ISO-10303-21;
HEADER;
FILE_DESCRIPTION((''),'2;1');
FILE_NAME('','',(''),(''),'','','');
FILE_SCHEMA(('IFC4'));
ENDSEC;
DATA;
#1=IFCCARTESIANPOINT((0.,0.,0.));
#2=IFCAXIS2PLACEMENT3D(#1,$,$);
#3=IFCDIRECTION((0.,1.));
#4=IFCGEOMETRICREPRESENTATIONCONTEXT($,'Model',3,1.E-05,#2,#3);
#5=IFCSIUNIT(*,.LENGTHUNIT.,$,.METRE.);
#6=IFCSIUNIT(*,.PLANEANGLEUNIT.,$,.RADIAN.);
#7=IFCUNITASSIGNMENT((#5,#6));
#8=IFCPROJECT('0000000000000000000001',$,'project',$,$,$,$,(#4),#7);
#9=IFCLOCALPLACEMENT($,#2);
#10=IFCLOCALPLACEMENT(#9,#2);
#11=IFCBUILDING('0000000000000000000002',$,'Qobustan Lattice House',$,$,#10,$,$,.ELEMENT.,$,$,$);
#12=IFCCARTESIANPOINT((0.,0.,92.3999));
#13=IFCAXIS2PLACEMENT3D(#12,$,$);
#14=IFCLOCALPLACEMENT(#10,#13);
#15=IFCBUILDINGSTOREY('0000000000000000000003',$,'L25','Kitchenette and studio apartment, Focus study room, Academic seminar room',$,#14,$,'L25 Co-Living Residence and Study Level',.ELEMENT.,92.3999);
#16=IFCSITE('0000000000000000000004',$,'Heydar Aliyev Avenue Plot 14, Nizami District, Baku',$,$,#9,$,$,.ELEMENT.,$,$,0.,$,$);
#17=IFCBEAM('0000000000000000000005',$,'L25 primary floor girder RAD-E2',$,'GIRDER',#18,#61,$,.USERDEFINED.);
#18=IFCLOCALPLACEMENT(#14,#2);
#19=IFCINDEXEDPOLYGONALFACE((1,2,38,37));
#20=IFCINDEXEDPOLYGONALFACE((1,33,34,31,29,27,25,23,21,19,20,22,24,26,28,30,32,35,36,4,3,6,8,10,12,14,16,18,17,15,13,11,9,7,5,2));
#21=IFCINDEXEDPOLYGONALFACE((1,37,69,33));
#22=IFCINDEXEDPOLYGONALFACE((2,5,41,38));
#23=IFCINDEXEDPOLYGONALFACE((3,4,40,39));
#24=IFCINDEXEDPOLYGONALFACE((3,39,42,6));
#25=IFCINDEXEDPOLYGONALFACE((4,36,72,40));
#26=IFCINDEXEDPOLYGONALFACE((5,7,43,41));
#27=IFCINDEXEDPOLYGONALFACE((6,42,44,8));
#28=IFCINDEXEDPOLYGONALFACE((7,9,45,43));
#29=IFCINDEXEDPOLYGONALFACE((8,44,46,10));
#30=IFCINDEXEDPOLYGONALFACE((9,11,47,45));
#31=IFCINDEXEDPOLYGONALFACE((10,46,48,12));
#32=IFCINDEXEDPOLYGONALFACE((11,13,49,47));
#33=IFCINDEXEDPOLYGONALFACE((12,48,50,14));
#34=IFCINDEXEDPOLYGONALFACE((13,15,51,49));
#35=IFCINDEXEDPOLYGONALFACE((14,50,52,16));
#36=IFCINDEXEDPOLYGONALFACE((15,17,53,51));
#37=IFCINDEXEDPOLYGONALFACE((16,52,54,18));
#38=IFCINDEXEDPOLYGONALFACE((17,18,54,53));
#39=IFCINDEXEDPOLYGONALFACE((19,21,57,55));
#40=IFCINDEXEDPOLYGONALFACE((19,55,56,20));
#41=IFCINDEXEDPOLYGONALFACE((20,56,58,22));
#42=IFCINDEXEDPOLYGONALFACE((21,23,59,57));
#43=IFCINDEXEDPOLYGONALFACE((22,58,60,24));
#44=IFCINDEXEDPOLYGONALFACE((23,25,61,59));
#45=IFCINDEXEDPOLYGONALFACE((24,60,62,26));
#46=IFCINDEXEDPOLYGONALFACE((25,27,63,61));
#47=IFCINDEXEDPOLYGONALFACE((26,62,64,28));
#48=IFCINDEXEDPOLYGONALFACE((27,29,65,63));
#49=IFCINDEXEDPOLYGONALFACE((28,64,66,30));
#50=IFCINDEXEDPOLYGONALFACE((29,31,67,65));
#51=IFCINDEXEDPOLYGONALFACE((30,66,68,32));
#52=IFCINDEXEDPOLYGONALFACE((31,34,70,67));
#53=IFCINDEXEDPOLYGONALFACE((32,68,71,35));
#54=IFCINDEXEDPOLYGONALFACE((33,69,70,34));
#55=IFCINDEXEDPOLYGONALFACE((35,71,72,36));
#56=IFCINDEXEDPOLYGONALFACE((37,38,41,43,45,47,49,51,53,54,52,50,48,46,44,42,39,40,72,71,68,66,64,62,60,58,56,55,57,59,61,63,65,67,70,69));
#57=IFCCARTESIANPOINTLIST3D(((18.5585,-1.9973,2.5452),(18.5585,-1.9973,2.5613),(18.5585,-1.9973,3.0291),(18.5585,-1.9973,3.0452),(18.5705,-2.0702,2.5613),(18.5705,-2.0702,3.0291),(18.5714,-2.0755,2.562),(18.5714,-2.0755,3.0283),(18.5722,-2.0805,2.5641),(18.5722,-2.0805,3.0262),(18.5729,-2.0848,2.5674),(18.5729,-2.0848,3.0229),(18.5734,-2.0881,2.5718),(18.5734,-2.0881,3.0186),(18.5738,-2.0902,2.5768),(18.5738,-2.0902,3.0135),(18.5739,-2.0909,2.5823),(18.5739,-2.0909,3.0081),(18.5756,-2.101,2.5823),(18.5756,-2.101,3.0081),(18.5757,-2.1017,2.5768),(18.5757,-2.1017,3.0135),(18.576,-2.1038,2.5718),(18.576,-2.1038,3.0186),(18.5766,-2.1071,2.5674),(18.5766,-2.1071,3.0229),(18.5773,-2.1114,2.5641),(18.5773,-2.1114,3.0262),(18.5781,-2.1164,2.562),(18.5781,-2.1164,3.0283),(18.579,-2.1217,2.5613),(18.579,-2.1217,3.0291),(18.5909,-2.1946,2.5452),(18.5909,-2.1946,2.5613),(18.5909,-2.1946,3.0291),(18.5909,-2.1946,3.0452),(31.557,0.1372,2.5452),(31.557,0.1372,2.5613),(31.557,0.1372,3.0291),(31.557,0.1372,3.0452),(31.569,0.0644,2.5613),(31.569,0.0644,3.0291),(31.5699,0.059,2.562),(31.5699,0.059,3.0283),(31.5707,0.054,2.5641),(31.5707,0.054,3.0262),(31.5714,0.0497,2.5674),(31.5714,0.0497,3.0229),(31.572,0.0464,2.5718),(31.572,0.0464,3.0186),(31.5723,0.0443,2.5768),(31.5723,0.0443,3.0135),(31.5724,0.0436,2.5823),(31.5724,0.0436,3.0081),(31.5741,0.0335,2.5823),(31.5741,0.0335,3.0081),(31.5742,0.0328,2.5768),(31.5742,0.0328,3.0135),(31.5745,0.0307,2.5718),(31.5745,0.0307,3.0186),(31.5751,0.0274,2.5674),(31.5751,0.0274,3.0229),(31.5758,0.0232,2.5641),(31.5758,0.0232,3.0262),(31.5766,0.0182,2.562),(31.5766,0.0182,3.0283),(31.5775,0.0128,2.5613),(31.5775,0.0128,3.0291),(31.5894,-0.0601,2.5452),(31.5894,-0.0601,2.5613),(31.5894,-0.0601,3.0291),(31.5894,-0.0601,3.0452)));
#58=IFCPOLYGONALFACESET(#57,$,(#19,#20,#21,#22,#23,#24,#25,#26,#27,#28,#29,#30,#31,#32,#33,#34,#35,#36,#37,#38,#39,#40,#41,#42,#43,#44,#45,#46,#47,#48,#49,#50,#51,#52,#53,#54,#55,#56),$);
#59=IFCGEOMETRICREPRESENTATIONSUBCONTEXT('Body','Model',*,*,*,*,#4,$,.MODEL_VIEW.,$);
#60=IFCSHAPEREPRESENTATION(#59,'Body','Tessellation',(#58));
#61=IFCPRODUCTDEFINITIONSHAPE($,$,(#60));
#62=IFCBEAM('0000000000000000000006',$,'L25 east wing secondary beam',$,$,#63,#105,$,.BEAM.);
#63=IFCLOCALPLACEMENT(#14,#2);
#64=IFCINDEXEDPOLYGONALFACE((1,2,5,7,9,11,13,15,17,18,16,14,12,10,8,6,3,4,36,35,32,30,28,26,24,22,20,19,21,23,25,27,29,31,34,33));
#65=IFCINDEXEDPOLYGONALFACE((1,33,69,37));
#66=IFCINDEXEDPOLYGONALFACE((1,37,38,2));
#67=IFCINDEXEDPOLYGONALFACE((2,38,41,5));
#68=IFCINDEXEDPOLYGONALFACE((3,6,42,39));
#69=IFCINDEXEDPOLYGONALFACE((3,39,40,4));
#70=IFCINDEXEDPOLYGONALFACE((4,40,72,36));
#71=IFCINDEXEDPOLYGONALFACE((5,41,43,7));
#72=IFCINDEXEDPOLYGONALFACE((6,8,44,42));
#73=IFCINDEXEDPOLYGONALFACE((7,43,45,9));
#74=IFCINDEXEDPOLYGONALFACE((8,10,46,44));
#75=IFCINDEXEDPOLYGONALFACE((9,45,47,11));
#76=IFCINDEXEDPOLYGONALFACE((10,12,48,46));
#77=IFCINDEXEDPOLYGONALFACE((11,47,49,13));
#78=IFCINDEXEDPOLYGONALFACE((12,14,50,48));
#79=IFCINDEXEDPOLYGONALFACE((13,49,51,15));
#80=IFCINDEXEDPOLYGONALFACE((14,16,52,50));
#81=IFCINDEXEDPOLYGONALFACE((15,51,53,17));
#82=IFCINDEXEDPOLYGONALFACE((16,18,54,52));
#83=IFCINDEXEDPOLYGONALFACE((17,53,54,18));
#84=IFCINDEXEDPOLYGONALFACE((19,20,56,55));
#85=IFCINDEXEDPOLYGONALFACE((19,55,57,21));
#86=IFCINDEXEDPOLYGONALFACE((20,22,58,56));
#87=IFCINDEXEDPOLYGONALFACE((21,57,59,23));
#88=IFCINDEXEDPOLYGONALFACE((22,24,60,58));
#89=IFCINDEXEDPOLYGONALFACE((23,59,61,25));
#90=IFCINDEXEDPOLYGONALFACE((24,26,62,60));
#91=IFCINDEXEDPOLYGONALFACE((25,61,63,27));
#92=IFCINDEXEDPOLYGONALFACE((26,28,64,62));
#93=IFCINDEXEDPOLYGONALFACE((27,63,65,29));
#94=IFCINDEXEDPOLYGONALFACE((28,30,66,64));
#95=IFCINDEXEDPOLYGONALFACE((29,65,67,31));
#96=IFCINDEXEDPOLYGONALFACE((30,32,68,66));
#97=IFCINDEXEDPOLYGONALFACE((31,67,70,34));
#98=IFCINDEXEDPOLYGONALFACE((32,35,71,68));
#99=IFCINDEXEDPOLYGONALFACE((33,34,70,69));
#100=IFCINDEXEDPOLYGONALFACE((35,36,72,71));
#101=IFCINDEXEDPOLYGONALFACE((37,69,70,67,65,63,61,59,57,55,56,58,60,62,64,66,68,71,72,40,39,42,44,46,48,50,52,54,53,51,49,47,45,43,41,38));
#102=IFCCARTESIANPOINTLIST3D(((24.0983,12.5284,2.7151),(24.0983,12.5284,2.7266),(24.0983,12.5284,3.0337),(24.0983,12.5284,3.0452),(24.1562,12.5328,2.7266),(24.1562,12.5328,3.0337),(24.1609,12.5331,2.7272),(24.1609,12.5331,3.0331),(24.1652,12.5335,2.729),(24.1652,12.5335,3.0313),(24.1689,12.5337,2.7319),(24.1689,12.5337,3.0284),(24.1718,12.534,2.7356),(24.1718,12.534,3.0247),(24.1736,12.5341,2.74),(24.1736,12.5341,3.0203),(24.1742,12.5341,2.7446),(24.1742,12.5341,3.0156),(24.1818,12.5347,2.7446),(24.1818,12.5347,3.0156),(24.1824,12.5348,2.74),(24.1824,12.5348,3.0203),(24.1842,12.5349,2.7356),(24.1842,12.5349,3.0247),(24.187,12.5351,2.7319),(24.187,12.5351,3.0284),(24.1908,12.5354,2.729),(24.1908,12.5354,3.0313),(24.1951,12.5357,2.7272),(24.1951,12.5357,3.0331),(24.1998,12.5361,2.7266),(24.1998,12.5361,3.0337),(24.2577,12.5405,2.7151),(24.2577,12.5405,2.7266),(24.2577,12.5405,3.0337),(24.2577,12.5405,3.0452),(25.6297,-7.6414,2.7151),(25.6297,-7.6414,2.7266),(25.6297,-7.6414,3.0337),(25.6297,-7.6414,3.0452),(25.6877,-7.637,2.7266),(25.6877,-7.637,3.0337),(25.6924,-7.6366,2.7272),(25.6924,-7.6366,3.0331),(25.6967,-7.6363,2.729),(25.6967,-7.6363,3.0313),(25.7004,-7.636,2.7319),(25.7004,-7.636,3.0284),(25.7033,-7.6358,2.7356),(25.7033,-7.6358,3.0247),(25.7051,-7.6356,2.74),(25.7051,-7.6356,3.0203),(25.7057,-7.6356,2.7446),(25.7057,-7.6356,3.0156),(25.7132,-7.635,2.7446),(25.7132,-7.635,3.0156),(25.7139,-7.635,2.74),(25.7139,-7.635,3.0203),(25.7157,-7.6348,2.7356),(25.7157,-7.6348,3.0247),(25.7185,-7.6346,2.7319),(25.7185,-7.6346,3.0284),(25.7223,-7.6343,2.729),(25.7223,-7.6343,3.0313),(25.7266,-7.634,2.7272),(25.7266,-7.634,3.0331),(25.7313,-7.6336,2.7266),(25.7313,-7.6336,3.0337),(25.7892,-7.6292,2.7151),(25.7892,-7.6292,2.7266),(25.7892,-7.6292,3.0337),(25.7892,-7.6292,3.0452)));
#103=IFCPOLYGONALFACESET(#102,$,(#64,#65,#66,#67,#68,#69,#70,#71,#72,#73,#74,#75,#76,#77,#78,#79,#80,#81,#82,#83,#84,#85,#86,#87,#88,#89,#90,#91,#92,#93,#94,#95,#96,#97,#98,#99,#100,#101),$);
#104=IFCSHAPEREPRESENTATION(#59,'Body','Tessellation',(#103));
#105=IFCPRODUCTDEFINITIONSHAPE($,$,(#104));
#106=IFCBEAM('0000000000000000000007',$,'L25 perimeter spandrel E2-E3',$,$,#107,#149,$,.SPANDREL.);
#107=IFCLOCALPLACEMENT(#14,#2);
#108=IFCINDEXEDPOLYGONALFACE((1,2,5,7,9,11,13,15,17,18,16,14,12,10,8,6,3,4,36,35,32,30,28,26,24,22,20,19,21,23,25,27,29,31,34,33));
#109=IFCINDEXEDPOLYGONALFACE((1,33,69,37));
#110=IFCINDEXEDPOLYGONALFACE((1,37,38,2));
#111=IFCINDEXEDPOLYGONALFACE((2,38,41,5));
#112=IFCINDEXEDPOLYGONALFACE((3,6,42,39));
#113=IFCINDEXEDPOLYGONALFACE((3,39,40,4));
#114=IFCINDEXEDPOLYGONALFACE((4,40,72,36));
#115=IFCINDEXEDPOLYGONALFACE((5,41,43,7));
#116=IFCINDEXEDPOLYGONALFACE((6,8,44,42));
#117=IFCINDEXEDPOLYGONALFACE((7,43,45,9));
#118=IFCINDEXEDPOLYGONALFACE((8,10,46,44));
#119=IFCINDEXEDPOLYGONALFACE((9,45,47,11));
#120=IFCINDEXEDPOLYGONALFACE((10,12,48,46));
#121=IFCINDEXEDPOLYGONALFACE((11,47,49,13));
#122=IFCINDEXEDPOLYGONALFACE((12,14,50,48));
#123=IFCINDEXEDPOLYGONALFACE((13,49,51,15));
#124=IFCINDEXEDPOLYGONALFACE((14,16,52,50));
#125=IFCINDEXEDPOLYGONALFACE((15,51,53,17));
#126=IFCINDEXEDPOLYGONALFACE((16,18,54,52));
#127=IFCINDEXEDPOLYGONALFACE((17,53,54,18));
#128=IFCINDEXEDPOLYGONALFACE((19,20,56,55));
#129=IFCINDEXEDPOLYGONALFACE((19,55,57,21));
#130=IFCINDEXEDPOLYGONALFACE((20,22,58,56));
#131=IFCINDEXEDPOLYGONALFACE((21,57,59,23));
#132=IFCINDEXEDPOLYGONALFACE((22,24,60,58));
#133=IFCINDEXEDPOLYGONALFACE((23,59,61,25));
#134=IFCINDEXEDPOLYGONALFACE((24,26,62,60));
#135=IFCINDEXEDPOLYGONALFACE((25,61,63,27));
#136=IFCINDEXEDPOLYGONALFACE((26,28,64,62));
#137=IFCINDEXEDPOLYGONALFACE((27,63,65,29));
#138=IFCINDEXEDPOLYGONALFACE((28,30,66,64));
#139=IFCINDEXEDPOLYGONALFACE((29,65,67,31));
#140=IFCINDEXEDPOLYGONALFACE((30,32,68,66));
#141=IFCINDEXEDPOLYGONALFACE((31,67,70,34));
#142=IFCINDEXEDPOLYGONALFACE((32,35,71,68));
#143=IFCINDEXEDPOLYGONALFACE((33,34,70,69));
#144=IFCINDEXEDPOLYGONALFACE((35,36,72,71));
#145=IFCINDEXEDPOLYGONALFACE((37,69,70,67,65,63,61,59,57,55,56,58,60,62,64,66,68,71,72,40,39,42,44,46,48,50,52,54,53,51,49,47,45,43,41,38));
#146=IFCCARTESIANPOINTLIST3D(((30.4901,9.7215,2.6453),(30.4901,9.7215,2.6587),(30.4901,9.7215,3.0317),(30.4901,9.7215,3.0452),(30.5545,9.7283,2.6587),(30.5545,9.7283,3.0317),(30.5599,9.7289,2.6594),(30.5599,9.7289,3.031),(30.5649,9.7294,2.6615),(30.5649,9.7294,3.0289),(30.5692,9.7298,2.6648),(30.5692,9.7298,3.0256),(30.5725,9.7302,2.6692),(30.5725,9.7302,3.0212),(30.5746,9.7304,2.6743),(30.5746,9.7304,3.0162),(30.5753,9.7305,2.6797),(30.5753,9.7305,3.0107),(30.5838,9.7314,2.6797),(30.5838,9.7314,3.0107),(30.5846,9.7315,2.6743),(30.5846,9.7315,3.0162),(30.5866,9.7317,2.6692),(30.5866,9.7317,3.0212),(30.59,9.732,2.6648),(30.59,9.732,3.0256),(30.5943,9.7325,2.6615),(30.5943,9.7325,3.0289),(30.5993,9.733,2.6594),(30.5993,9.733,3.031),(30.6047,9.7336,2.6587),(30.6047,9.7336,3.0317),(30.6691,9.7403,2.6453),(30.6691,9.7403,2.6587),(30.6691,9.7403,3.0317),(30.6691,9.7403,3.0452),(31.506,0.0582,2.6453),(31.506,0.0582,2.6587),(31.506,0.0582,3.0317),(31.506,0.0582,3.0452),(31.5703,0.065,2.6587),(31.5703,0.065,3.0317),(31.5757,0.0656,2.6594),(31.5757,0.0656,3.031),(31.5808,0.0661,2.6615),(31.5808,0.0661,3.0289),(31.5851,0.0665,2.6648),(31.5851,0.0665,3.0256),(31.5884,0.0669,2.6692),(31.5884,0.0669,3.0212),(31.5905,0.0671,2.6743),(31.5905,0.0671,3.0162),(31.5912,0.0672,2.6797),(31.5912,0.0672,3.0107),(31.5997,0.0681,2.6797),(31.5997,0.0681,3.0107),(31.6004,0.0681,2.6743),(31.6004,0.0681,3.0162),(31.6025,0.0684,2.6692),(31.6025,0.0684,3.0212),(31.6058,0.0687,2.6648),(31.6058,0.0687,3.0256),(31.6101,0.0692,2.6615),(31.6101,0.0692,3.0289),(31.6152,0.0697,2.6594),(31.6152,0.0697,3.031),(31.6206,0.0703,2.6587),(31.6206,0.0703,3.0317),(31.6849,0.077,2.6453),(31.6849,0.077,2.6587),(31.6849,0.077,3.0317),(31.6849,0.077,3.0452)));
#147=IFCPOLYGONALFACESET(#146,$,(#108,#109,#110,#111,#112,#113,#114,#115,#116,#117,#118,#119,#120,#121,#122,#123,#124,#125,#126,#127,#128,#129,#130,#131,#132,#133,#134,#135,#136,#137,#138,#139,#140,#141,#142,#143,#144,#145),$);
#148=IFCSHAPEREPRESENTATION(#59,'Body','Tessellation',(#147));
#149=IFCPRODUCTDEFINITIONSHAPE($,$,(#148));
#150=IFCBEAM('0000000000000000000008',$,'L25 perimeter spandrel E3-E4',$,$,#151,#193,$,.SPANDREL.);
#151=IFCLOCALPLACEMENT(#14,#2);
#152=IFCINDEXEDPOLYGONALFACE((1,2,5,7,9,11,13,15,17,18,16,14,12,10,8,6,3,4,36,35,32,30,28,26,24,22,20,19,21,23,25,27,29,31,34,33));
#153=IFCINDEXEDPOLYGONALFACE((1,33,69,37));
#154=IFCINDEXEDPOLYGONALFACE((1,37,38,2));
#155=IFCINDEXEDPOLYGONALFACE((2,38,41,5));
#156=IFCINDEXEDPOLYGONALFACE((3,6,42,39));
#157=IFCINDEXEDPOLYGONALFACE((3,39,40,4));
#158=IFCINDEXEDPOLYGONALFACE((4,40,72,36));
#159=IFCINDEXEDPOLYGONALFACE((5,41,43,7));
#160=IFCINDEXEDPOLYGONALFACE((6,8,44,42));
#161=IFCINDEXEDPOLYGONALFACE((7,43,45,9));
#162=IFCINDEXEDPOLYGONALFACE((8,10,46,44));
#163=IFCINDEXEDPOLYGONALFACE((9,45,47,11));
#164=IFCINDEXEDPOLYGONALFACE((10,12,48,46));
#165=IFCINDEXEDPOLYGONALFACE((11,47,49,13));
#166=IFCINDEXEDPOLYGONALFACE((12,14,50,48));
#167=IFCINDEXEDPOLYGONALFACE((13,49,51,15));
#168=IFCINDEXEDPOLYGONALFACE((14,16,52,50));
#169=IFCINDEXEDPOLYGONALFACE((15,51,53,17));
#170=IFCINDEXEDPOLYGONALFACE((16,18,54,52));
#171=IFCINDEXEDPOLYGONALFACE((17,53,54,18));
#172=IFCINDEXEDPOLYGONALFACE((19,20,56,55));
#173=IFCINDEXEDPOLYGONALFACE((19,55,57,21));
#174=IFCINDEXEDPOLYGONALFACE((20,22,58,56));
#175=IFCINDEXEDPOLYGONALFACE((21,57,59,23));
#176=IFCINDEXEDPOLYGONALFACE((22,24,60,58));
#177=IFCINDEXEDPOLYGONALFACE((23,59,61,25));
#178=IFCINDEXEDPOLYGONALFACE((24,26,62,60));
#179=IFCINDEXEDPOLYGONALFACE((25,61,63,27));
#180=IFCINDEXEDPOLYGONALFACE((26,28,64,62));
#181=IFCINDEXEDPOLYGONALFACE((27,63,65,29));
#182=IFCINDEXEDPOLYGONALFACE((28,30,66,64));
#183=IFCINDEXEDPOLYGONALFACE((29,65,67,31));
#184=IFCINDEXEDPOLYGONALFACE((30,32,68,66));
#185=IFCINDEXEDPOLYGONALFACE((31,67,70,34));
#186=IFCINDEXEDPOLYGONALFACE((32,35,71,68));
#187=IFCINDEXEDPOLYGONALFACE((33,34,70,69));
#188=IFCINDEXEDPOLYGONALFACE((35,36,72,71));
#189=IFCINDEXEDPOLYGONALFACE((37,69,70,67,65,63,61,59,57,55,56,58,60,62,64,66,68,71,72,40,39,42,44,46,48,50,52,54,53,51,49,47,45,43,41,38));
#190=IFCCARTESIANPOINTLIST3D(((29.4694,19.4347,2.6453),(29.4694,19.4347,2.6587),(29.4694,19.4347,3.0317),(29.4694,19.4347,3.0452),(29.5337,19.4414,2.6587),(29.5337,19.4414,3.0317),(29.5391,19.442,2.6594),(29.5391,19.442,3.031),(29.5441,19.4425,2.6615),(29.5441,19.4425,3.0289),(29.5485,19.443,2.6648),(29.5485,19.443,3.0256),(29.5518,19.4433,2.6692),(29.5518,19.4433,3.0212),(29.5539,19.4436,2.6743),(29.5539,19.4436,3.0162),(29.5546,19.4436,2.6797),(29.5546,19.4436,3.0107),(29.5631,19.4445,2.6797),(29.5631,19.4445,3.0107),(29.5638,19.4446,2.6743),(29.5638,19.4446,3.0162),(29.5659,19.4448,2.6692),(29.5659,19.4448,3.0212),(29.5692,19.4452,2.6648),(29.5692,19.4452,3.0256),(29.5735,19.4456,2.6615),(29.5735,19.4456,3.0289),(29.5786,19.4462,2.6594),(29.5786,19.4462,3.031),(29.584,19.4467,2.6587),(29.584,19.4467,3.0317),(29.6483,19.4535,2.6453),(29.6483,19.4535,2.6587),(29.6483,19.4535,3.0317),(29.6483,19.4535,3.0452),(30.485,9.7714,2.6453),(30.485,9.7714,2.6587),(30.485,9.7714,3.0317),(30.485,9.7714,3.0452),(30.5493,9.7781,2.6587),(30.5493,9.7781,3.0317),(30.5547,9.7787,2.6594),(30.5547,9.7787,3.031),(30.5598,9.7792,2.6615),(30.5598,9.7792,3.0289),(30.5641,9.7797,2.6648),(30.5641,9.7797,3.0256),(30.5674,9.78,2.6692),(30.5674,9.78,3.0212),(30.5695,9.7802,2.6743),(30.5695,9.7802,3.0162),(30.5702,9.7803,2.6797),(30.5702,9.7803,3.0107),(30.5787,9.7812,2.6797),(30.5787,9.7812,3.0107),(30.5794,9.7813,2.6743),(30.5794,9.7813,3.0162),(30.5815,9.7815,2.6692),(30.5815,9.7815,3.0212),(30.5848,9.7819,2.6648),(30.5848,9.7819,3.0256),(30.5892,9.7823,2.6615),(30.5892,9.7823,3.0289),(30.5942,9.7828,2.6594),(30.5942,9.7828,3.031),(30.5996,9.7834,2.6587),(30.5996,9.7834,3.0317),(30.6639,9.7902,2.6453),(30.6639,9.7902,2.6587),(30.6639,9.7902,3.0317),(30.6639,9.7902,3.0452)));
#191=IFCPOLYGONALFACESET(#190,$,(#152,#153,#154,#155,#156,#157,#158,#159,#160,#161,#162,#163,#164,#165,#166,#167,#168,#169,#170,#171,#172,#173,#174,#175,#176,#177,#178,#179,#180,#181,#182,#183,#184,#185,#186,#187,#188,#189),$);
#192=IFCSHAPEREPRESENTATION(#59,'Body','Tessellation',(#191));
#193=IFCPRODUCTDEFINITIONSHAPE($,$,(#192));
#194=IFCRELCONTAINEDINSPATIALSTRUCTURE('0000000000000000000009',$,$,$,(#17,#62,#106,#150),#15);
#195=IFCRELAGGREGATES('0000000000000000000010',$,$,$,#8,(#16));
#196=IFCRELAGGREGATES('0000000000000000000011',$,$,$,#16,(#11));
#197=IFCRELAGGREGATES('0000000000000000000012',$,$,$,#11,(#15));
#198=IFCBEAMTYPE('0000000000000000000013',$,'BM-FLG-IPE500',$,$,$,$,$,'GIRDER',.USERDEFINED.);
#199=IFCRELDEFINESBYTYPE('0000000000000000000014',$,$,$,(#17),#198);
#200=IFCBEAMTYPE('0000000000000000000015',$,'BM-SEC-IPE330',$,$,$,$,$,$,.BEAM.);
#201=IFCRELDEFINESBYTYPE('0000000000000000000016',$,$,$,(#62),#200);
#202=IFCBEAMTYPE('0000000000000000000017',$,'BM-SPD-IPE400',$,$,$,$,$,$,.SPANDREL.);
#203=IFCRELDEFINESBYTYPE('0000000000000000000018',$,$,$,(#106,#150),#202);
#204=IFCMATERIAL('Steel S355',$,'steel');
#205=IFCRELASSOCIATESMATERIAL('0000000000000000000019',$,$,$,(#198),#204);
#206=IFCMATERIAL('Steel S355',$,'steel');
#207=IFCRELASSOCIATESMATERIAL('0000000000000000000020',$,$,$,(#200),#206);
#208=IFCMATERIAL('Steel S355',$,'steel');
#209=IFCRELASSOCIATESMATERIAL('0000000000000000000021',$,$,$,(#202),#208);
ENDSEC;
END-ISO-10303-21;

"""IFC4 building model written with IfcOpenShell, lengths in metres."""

from ifc_helpers import new_model, si_unit, direction, frame, origin, origin_2d, place, context, subcontext, project, spatial, i_section, extrude, material, material_profile, profile_set, type_object, element, save


model = new_model("IFC4")

# Units and contexts
model_context = context("Model", 3, precision=1e-05, world=origin(), true_north=direction((0.0, 1.0)))
body_context = subcontext(model_context, "Body", "Model", "MODEL_VIEW")
ifc_project = project(units=[si_unit("LENGTHUNIT", "METRE"), si_unit("PLANEANGLEUNIT", "RADIAN")], contexts=[model_context])

# Site, building, storey
site_placement = place(None, origin())
site = spatial("IfcSite", under=ifc_project, at=site_placement, Name="Heydar Aliyev Avenue Plot 14, Nizami District, Baku", CompositionType="ELEMENT", RefElevation=0.0)
building_placement = place(site_placement, origin())
building = spatial("IfcBuilding", under=site, at=building_placement, Name="Qobustan Lattice House", CompositionType="ELEMENT")
storey_placement = place(building_placement, frame((0.0, 0.0, 92.3999)))
storey = spatial("IfcBuildingStorey", under=building, at=storey_placement, Name="L25", Description="Kitchenette and studio apartment, Focus study room, Academic seminar room", LongName="L25 Co-Living Residence and Study Level", CompositionType="ELEMENT", Elevation=92.3999)

# Beams
ifc_material_1 = material(Name="Steel S355", Category="steel")
ifc_material_profile_1 = material_profile(ifc_material_1, i_section(OverallWidth=0.2, OverallDepth=0.5, WebThickness=0.0103, FlangeThickness=0.0161, FilletRadius=0.021, at=origin_2d()), Name="IPE500")
ifc_profile_set_1 = profile_set([ifc_material_profile_1], Name="Steel S355")
beam_type_1 = type_object("IfcBeamType", Name="BM-FLG-IPE500", ElementType="GIRDER", PredefinedType="USERDEFINED", material=ifc_profile_set_1)
beam_1_placement = place(storey_placement, frame((31.5732, 0.0386, 2.7952), z_axis=(-0.986784, -0.162042, 0.0), x_axis=(0.162042, -0.986784, 0.0)))
element("IfcBeam", 1, at=beam_1_placement, inside=storey, type_object=beam_type_1, Name="L25 primary floor girder RAD-E2", ObjectType="GIRDER", PredefinedType="USERDEFINED", context=body_context, shape_type="SweptSolid", body=[
    extrude(i_section(OverallWidth=0.2, OverallDepth=0.5, WebThickness=0.0103, FlangeThickness=0.0161, FilletRadius=0.021, at=origin_2d()), origin(), (0.0, 0.0, 1.0), 13.1726),
])
ifc_material_2 = material(Name="Steel S355", Category="steel")
ifc_material_profile_2 = material_profile(ifc_material_2, i_section(OverallWidth=0.1599, OverallDepth=0.3301, WebThickness=0.0076, FlangeThickness=0.0115, FilletRadius=0.0181, at=origin_2d()), Name="IPE330")
ifc_profile_set_2 = profile_set([ifc_material_profile_2], Name="Steel S355")
beam_type_2 = type_object("IfcBeamType", Name="BM-SEC-IPE330", PredefinedType="BEAM", material=ifc_profile_set_2)
beam_2_placement = place(storey_placement, frame((24.178, 12.5344, 2.8801), z_axis=(0.075713, -0.99713, 0.0), x_axis=(0.99713, 0.075713, 0.0)))
element("IfcBeam", 2, at=beam_2_placement, inside=storey, type_object=beam_type_2, Name="L25 east wing secondary beam", PredefinedType="BEAM", context=body_context, shape_type="SweptSolid", body=[
    extrude(i_section(OverallWidth=0.1599, OverallDepth=0.3301, WebThickness=0.0076, FlangeThickness=0.0115, FilletRadius=0.0181, at=origin_2d()), origin(), (0.0, 0.0, 1.0), 20.2278),
])
ifc_material_3 = material(Name="Steel S355", Category="steel")
ifc_material_profile_3 = material_profile(ifc_material_3, i_section(OverallWidth=0.1799, OverallDepth=0.3999, WebThickness=0.0085, FlangeThickness=0.0134, FilletRadius=0.021, at=origin_2d()), Name="IPE400")
ifc_profile_set_3 = profile_set([ifc_material_profile_3], Name="Steel S355")
beam_type_3 = type_object("IfcBeamType", Name="BM-SPD-IPE400", PredefinedType="SPANDREL", material=ifc_profile_set_3)
for number, where, z_axis, x_axis, name in (
    (3, (31.5955, 0.0676, 2.8452), (-0.10455, 0.99452, 0.0), (-0.99452, -0.10455, 0.0), "L25 perimeter spandrel E2-E3"),
    (4, (30.5745, 9.7808, 2.8452), (-0.104525, 0.994522, 0.0), (-0.994522, -0.104525, 0.0), "L25 perimeter spandrel E3-E4"),
):
    element("IfcBeam", number, at=place(storey_placement, frame(where, z_axis=z_axis, x_axis=x_axis)), inside=storey, type_object=beam_type_3, Name=name, PredefinedType="SPANDREL", context=body_context, shape_type="SweptSolid", body=[
        extrude(i_section(OverallWidth=0.1799, OverallDepth=0.3999, WebThickness=0.0085, FlangeThickness=0.0134, FilletRadius=0.021, at=origin_2d()), origin(), (0.0, 0.0, 1.0), 9.7166),
    ])

save(model, "model.ifc")
